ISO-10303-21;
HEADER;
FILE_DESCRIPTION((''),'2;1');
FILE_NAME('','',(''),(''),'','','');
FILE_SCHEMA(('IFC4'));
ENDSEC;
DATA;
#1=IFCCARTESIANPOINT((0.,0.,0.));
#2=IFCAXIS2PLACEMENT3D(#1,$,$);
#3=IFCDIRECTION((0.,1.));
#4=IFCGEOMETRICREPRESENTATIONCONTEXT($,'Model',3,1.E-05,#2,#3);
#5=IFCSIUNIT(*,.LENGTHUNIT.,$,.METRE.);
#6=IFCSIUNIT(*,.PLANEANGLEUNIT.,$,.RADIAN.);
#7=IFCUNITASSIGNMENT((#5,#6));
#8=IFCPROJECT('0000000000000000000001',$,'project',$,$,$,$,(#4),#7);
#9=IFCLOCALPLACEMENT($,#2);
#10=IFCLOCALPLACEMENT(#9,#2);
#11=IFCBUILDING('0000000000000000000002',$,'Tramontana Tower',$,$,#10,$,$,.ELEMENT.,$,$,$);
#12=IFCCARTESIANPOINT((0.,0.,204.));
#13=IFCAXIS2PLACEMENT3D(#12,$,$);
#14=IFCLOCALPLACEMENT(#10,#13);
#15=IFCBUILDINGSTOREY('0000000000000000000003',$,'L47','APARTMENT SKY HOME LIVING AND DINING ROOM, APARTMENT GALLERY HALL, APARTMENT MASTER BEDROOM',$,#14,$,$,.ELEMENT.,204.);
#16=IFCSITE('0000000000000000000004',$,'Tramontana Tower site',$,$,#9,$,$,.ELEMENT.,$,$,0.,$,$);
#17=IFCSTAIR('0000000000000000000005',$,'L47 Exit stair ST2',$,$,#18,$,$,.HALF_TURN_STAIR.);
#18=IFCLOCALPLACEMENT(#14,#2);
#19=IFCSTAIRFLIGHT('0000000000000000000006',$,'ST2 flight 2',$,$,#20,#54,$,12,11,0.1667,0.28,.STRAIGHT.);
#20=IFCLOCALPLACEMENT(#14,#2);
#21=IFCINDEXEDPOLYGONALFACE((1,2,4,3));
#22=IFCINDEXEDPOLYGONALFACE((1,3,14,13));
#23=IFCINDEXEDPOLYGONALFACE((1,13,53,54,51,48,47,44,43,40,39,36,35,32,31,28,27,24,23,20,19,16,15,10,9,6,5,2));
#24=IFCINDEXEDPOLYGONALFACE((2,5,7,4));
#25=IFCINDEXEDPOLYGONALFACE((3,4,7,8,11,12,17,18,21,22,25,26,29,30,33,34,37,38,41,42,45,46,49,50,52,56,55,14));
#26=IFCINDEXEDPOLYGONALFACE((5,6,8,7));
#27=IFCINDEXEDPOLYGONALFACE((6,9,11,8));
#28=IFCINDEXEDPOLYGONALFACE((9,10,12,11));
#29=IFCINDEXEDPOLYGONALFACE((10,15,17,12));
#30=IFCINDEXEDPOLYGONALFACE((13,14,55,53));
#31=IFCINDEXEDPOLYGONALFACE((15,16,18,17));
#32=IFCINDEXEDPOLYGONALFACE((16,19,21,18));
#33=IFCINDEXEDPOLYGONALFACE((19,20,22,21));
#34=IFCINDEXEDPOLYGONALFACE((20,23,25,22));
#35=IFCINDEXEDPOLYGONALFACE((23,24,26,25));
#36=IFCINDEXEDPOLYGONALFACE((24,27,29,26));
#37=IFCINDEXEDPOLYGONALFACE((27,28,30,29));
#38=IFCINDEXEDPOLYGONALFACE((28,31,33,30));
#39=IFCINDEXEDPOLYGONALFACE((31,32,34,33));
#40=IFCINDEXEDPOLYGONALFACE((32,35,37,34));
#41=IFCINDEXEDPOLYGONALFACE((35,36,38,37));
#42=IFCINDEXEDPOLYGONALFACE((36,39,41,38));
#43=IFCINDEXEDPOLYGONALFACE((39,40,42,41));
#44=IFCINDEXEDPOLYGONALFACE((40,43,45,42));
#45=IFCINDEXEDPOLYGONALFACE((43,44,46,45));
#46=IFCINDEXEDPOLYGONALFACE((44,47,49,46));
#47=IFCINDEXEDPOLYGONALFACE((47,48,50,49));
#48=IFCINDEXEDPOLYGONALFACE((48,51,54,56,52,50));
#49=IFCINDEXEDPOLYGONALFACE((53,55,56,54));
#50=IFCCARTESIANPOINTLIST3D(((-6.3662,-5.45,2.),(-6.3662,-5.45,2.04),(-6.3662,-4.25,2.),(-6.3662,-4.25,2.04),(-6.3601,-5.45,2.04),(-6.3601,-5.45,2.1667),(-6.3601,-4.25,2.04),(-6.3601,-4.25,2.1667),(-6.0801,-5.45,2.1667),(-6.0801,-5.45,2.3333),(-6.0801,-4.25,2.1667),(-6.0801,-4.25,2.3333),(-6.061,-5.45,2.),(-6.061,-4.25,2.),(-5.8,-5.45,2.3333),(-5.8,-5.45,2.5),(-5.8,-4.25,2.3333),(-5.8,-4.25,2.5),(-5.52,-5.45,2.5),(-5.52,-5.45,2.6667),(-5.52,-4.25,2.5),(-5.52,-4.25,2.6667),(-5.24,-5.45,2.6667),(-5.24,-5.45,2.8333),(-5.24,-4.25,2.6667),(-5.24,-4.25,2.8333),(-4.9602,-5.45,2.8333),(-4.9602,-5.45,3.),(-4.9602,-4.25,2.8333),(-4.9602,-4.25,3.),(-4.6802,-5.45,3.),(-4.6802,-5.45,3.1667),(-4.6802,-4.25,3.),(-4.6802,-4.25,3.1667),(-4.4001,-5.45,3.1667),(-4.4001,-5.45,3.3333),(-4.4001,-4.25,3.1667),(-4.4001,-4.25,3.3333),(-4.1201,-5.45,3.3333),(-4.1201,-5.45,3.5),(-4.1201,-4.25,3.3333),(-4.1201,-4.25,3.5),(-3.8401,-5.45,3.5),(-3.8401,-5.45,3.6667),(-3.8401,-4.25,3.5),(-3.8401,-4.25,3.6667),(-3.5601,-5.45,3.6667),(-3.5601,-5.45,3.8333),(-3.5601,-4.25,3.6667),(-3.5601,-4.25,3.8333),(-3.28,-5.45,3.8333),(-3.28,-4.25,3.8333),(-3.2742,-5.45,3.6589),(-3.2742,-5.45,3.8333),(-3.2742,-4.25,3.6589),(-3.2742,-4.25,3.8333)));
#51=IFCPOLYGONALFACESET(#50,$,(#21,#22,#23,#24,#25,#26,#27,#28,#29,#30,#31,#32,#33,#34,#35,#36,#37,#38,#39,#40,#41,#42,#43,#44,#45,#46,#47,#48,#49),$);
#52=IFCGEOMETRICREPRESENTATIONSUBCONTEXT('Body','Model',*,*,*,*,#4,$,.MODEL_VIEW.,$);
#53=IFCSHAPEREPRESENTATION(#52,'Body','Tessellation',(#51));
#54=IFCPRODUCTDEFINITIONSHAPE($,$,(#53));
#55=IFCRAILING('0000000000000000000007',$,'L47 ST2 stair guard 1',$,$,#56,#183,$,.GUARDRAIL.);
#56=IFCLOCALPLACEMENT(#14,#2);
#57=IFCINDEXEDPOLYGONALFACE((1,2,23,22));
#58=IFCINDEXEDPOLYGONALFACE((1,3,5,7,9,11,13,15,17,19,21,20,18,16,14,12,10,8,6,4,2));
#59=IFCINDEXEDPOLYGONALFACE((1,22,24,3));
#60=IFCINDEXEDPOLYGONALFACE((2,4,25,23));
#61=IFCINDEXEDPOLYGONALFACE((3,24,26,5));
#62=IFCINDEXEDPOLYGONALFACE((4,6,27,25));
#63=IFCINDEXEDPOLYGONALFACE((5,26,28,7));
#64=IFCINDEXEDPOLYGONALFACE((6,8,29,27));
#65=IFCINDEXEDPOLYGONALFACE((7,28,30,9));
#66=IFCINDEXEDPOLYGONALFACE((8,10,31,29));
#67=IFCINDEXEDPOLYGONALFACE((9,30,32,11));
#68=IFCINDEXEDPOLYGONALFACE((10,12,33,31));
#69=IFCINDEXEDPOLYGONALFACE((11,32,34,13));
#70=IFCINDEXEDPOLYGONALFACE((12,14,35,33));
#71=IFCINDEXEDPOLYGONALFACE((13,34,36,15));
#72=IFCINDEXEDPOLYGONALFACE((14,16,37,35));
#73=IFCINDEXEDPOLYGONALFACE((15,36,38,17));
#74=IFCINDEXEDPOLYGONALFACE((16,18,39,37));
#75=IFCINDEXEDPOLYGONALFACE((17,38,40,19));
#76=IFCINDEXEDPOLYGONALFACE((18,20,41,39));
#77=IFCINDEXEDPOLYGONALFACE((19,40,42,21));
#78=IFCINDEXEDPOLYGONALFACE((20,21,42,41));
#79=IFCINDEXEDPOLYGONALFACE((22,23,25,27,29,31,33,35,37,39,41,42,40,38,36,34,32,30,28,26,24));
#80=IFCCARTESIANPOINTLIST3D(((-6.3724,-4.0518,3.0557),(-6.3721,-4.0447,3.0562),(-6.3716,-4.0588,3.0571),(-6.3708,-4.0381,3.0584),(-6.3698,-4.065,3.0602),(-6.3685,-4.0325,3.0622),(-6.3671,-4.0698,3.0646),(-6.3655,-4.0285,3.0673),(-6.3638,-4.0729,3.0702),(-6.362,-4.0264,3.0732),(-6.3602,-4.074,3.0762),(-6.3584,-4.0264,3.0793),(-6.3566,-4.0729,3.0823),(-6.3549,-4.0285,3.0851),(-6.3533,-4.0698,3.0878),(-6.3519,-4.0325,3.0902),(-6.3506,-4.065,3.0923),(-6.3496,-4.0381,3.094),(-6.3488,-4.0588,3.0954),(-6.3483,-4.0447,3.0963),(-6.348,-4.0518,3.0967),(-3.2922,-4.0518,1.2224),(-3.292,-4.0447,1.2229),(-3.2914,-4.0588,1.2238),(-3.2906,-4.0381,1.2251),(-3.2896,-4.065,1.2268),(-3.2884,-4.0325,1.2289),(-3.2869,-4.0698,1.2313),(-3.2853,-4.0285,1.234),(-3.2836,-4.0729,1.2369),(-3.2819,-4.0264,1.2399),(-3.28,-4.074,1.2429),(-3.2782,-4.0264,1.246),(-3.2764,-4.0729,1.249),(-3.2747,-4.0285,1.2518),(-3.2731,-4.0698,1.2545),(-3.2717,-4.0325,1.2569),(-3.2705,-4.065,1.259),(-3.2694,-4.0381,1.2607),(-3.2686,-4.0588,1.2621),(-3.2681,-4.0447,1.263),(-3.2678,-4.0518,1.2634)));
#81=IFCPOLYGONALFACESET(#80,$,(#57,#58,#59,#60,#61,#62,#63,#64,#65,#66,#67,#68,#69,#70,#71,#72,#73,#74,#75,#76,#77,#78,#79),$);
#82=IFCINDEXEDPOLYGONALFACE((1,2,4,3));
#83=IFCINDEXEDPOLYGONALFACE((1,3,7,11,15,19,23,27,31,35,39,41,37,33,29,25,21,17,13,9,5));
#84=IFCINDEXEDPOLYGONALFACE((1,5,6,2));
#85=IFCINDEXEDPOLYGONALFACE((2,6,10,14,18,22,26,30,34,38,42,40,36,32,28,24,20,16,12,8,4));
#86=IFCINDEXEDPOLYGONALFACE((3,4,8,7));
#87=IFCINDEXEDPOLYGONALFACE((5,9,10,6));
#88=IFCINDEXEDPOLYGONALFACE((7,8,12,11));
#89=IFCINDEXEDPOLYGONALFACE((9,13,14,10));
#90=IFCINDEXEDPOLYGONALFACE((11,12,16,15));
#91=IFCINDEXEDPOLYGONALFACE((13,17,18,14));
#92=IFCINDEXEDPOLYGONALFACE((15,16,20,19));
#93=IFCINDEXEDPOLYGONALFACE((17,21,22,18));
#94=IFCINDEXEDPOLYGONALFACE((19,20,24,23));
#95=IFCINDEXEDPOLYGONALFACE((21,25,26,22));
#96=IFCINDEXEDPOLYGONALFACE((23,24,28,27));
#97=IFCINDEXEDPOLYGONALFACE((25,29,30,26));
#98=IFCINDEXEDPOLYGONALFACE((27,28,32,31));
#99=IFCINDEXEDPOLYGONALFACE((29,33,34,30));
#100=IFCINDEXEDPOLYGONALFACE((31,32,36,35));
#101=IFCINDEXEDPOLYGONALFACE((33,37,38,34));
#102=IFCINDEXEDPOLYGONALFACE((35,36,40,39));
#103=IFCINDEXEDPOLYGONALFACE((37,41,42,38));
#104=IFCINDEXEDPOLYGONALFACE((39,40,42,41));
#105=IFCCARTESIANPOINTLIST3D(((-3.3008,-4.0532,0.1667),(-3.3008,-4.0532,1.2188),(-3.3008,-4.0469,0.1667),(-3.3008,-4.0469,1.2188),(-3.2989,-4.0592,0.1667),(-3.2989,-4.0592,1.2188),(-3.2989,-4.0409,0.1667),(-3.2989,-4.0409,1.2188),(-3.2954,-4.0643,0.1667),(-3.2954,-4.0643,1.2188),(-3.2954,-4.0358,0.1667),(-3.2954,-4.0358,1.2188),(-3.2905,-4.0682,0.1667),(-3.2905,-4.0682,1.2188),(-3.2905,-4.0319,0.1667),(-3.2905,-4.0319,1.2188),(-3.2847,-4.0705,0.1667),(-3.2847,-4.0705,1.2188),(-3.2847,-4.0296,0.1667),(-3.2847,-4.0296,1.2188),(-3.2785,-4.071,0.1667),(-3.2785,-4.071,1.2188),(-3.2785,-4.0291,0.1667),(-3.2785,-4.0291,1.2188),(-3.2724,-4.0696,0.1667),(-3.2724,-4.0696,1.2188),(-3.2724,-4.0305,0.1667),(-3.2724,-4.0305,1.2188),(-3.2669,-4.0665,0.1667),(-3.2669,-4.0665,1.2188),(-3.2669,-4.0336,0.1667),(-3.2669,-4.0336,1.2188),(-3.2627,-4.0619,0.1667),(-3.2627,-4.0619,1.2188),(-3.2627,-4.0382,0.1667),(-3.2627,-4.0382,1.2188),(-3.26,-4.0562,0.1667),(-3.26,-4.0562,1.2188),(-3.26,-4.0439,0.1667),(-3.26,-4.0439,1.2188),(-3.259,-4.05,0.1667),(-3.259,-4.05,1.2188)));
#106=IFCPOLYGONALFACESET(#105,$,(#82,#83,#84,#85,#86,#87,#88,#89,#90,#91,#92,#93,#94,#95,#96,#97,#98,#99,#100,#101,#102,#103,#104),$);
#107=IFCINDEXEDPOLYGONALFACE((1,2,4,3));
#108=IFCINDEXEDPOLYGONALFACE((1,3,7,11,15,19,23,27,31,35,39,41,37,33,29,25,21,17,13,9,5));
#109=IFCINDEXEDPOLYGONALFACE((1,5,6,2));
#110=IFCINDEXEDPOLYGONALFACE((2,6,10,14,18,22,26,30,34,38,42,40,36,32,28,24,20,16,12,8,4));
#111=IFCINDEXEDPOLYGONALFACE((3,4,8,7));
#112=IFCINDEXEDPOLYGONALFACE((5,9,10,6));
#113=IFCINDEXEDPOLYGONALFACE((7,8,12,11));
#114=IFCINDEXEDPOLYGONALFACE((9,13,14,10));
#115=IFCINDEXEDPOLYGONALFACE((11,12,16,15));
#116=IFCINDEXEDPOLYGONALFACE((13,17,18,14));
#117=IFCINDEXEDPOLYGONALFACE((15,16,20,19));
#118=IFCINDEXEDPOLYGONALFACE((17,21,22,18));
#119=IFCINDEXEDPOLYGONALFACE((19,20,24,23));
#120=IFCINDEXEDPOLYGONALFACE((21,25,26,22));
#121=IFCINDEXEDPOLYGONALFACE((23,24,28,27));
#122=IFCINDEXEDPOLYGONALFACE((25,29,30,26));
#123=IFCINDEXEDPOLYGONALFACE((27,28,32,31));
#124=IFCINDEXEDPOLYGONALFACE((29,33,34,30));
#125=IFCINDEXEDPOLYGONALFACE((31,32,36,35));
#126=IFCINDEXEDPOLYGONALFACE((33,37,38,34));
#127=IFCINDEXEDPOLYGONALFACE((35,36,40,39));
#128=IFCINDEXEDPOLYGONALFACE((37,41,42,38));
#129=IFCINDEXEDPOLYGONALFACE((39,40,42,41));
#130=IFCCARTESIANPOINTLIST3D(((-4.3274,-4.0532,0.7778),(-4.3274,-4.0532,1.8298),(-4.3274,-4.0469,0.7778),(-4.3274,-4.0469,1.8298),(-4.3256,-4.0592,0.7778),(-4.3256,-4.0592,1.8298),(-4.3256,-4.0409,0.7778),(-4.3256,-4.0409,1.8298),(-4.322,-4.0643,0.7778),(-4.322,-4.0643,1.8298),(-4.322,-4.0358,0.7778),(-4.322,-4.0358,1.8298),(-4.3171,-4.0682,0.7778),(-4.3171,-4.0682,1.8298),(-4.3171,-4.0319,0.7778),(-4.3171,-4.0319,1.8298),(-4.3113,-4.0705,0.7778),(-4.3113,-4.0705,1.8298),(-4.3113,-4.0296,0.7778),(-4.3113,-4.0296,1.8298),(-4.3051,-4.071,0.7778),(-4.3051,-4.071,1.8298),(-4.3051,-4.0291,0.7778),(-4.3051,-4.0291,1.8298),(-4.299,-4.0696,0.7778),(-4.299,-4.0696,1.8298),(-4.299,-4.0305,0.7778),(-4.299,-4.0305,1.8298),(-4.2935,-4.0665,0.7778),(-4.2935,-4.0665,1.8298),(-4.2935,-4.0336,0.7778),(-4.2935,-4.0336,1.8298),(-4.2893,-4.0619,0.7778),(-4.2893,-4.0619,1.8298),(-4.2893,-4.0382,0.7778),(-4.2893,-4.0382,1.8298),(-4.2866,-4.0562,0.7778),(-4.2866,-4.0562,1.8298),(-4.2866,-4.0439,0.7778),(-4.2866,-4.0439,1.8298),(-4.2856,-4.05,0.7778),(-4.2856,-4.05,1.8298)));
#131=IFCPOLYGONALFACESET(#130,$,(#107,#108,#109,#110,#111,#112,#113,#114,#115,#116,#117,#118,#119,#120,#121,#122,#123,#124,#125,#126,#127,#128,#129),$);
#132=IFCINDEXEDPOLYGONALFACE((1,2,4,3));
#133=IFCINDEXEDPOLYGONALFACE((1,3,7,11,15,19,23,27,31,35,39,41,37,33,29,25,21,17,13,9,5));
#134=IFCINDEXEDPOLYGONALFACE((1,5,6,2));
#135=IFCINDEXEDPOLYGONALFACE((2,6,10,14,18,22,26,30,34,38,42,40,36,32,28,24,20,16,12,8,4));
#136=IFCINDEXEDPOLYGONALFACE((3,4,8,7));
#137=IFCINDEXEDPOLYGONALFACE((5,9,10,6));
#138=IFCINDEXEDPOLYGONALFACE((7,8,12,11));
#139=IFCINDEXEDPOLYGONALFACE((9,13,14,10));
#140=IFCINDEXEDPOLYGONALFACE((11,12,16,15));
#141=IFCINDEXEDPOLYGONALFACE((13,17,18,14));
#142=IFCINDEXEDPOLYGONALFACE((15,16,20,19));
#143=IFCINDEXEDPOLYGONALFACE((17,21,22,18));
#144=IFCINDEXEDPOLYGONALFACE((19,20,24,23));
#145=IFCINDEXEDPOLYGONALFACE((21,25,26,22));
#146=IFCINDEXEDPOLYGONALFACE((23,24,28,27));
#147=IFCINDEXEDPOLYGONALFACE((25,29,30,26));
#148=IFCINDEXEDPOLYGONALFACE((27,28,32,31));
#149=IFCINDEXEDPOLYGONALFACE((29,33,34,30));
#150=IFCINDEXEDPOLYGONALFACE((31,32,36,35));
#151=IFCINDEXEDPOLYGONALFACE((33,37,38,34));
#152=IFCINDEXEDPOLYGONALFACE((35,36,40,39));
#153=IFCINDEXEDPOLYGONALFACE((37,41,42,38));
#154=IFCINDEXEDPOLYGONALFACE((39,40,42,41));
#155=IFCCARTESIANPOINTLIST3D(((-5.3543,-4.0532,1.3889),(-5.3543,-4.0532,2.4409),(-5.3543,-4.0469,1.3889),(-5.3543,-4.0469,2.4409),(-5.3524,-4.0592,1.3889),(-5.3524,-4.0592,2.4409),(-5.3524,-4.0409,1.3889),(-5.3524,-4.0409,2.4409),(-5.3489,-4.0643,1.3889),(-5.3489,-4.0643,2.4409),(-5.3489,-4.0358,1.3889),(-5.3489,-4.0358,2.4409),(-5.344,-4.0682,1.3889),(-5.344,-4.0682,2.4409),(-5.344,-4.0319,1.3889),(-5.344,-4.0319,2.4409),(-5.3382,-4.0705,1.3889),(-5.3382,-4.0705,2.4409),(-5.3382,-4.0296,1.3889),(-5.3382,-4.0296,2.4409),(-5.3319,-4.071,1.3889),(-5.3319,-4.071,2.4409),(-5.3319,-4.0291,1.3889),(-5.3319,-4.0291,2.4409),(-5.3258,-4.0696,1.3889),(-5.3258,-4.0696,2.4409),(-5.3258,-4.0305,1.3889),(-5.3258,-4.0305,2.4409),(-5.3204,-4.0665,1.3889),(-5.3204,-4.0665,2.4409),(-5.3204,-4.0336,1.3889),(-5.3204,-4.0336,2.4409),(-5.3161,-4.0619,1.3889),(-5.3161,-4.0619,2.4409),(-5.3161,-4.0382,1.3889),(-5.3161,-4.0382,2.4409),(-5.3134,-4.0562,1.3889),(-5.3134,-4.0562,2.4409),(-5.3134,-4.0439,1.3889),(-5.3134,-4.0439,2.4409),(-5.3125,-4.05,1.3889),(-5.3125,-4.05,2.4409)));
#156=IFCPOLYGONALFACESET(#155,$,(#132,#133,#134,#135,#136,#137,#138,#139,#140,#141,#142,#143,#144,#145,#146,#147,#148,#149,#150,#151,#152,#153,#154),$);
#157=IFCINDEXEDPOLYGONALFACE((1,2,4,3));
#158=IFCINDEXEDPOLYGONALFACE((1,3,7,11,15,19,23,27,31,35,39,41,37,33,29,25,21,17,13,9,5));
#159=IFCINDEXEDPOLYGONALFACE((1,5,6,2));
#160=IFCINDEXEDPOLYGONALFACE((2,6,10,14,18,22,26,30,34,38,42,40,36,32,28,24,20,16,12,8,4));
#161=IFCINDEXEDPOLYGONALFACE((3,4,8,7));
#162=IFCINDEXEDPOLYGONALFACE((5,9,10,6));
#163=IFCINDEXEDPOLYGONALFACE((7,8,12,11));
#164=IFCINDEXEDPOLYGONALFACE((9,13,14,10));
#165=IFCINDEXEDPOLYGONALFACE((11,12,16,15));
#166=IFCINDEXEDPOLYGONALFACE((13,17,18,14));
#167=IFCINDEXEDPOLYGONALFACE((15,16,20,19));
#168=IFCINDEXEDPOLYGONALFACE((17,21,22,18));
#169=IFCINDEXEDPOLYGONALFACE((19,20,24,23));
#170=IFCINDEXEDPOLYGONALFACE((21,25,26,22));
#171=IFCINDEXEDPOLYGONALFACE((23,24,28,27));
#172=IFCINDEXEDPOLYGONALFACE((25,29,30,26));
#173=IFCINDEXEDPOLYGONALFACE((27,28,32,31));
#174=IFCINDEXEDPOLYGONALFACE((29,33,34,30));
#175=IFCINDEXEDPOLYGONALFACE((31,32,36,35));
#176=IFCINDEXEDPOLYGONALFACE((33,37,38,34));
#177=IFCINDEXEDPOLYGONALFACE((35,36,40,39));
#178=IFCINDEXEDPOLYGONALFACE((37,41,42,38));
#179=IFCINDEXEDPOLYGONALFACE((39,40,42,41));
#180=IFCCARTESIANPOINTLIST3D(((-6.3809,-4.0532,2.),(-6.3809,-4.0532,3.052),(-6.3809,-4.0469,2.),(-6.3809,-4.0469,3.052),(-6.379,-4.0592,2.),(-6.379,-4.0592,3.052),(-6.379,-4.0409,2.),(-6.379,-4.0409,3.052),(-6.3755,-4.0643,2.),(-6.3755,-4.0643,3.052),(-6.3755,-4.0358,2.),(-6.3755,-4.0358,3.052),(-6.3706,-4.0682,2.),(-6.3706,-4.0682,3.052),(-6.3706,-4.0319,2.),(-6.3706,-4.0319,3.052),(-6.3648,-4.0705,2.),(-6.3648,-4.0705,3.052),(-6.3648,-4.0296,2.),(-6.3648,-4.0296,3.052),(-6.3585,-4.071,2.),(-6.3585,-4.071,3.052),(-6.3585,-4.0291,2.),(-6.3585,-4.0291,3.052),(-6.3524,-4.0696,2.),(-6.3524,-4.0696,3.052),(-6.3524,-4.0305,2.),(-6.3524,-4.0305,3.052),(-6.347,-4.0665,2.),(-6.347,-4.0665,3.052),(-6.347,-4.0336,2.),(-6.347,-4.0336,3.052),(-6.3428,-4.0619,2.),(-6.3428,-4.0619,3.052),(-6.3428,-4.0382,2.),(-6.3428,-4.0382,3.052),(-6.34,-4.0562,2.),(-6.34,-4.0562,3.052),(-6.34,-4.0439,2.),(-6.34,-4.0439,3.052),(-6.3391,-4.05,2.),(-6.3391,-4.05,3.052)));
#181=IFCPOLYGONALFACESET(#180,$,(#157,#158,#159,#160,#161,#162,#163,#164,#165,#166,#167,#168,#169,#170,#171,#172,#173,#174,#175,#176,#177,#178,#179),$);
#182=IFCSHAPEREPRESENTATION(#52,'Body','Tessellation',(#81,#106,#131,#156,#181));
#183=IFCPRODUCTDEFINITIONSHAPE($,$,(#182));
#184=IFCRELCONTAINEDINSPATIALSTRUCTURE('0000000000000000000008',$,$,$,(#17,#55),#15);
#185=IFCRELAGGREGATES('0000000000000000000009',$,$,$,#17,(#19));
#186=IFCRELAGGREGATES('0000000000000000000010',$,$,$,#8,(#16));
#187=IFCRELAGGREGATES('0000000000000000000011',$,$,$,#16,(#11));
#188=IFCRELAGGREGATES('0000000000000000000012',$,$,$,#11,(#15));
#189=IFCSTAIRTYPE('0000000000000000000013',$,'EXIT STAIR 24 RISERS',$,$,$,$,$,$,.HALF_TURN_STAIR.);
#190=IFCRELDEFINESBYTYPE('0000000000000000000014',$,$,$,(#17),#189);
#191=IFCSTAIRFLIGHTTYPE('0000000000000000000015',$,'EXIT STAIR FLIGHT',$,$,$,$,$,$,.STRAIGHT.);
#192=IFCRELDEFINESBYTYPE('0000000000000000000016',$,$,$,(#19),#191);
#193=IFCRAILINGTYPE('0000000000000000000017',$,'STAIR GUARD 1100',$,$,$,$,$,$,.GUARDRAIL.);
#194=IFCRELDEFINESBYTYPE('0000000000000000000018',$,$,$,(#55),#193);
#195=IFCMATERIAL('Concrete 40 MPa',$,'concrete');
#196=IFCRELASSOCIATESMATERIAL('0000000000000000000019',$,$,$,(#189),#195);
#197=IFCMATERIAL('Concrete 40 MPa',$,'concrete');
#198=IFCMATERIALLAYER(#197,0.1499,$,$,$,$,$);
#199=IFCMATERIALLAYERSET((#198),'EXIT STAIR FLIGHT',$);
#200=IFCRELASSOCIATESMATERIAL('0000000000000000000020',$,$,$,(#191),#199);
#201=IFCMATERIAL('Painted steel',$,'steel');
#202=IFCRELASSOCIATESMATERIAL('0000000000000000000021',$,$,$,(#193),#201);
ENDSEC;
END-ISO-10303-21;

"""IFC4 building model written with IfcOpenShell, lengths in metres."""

from ifc_helpers import new_model, si_unit, direction, frame, origin, origin_2d, place, context, subcontext, project, spatial, polyline, circle, outline, extrude, material, layer, layer_set, type_object, element, aggregate, save


model = new_model("IFC4")

# Units and contexts
model_context = context("Model", 3, precision=1e-05, world=origin(), true_north=direction((0.0, 1.0)))
body_context = subcontext(model_context, "Body", "Model", "MODEL_VIEW")
ifc_project = project(units=[si_unit("LENGTHUNIT", "METRE"), si_unit("PLANEANGLEUNIT", "RADIAN")], contexts=[model_context])

# Site, building, storey
site_placement = place(None, origin())
site = spatial("IfcSite", under=ifc_project, at=site_placement, Name="Tramontana Tower site", CompositionType="ELEMENT", RefElevation=0.0)
building_placement = place(site_placement, origin())
building = spatial("IfcBuilding", under=site, at=building_placement, Name="Tramontana Tower", CompositionType="ELEMENT")
storey_placement = place(building_placement, frame((0.0, 0.0, 204.0)))
storey = spatial("IfcBuildingStorey", under=building, at=storey_placement, Name="L47", Description="APARTMENT SKY HOME LIVING AND DINING ROOM, APARTMENT GALLERY HALL, APARTMENT MASTER BEDROOM", CompositionType="ELEMENT", Elevation=204.0)

# Stair, stair flight
ifc_material_1 = material(Name="Concrete 40 MPa", Category="concrete")
stair_type = type_object("IfcStairType", Name="EXIT STAIR 24 RISERS", PredefinedType="HALF_TURN_STAIR", material=ifc_material_1)
stair_placement = place(storey_placement, origin())
stair = element("IfcStair", 1, at=stair_placement, inside=storey, type_object=stair_type, Name="L47 Exit stair ST2", PredefinedType="HALF_TURN_STAIR")
ifc_material_2 = material(Name="Concrete 40 MPa", Category="concrete")
ifc_layer_1 = layer(ifc_material_2, 0.1499)
ifc_layer_set_1 = layer_set([ifc_layer_1], Name="EXIT STAIR FLIGHT")
stair_flight_type = type_object("IfcStairFlightType", Name="EXIT STAIR FLIGHT", PredefinedType="STRAIGHT", material=ifc_layer_set_1)
stair_flight_1_placement = place(storey_placement, frame((-6.3601, -4.8501, 2.0), z_axis=(0.0, 0.0, 1.0), x_axis=(1.0, 0.0, 0.0)))
stair_flight_1 = element("IfcStairFlight", 2, at=stair_flight_1_placement, type_object=stair_flight_type, Name="ST2 flight 2", NumberOfRisers=12, NumberOfTreads=11, PredefinedType="STRAIGHT", RiserHeight=0.1667, TreadLength=0.28, context=body_context, shape_type="SweptSolid", body=[
    extrude(outline(polyline([(-0.0061, 0.0), (-0.0061, 0.04), (0.0, 0.04), (0.0, 0.1667), (0.28, 0.1667), (0.28, 0.3333), (0.5601, 0.3333), (0.5601, 0.5), (0.8401, 0.5), (0.8401, 0.6667), (1.1201, 0.6667), (1.1201, 0.8333), (1.3999, 0.8333), (1.3999, 1.0), (1.6799, 1.0), (1.6799, 1.1667), (1.96, 1.1667), (1.96, 1.3333), (2.24, 1.3333), (2.24, 1.5), (2.52, 1.5), (2.52, 1.6667), (2.8, 1.6667), (2.8, 1.8333), (3.0801, 1.8333), (3.0859, 1.8333), (3.0859, 1.6589), (0.2991, 0.0), (-0.0061, 0.0)])), frame((0.0, 0.6001, 0.0), z_axis=(0.0, -1.0, 0.0), x_axis=(1.0, 0.0, 0.0)), (0.0, 0.0, 1.0), 1.2),
])
aggregate(stair, [stair_flight_1])

# Railing
ifc_material_3 = material(Name="Painted steel", Category="steel")
railing_type_1 = type_object("IfcRailingType", Name="STAIR GUARD 1100", PredefinedType="GUARDRAIL", material=ifc_material_3)
railing_1_placement = place(storey_placement, frame((-3.28, -4.05, 0.1667)))
element("IfcRailing", 3, at=railing_1_placement, inside=storey, type_object=railing_type_1, Name="L47 ST2 stair guard 1", PredefinedType="GUARDRAIL", context=body_context, shape_type="SweptSolid", body=[
    extrude(circle(Radius=0.0239, at=origin_2d()), frame((0.0, 0.0, 1.0762), z_axis=(-0.859309, 0.0, 0.511458), x_axis=(0.0, -1.0, 0.0)), (0.0, 0.0, 1.0), 3.5845),
    extrude(circle(Radius=0.021, at=origin_2d()), origin(), (0.0, 0.0, 1.0), 1.052),
    extrude(circle(Radius=0.021, at=origin_2d()), frame((-1.0266, 0.0, 0.6111)), (0.0, 0.0, 1.0), 1.052),
    extrude(circle(Radius=0.021, at=origin_2d()), frame((-2.0535, 0.0, 1.2222)), (0.0, 0.0, 1.0), 1.052),
    extrude(circle(Radius=0.021, at=origin_2d()), frame((-3.0801, 0.0, 1.8333)), (0.0, 0.0, 1.0), 1.052),
])

save(model, "model.ifc")
